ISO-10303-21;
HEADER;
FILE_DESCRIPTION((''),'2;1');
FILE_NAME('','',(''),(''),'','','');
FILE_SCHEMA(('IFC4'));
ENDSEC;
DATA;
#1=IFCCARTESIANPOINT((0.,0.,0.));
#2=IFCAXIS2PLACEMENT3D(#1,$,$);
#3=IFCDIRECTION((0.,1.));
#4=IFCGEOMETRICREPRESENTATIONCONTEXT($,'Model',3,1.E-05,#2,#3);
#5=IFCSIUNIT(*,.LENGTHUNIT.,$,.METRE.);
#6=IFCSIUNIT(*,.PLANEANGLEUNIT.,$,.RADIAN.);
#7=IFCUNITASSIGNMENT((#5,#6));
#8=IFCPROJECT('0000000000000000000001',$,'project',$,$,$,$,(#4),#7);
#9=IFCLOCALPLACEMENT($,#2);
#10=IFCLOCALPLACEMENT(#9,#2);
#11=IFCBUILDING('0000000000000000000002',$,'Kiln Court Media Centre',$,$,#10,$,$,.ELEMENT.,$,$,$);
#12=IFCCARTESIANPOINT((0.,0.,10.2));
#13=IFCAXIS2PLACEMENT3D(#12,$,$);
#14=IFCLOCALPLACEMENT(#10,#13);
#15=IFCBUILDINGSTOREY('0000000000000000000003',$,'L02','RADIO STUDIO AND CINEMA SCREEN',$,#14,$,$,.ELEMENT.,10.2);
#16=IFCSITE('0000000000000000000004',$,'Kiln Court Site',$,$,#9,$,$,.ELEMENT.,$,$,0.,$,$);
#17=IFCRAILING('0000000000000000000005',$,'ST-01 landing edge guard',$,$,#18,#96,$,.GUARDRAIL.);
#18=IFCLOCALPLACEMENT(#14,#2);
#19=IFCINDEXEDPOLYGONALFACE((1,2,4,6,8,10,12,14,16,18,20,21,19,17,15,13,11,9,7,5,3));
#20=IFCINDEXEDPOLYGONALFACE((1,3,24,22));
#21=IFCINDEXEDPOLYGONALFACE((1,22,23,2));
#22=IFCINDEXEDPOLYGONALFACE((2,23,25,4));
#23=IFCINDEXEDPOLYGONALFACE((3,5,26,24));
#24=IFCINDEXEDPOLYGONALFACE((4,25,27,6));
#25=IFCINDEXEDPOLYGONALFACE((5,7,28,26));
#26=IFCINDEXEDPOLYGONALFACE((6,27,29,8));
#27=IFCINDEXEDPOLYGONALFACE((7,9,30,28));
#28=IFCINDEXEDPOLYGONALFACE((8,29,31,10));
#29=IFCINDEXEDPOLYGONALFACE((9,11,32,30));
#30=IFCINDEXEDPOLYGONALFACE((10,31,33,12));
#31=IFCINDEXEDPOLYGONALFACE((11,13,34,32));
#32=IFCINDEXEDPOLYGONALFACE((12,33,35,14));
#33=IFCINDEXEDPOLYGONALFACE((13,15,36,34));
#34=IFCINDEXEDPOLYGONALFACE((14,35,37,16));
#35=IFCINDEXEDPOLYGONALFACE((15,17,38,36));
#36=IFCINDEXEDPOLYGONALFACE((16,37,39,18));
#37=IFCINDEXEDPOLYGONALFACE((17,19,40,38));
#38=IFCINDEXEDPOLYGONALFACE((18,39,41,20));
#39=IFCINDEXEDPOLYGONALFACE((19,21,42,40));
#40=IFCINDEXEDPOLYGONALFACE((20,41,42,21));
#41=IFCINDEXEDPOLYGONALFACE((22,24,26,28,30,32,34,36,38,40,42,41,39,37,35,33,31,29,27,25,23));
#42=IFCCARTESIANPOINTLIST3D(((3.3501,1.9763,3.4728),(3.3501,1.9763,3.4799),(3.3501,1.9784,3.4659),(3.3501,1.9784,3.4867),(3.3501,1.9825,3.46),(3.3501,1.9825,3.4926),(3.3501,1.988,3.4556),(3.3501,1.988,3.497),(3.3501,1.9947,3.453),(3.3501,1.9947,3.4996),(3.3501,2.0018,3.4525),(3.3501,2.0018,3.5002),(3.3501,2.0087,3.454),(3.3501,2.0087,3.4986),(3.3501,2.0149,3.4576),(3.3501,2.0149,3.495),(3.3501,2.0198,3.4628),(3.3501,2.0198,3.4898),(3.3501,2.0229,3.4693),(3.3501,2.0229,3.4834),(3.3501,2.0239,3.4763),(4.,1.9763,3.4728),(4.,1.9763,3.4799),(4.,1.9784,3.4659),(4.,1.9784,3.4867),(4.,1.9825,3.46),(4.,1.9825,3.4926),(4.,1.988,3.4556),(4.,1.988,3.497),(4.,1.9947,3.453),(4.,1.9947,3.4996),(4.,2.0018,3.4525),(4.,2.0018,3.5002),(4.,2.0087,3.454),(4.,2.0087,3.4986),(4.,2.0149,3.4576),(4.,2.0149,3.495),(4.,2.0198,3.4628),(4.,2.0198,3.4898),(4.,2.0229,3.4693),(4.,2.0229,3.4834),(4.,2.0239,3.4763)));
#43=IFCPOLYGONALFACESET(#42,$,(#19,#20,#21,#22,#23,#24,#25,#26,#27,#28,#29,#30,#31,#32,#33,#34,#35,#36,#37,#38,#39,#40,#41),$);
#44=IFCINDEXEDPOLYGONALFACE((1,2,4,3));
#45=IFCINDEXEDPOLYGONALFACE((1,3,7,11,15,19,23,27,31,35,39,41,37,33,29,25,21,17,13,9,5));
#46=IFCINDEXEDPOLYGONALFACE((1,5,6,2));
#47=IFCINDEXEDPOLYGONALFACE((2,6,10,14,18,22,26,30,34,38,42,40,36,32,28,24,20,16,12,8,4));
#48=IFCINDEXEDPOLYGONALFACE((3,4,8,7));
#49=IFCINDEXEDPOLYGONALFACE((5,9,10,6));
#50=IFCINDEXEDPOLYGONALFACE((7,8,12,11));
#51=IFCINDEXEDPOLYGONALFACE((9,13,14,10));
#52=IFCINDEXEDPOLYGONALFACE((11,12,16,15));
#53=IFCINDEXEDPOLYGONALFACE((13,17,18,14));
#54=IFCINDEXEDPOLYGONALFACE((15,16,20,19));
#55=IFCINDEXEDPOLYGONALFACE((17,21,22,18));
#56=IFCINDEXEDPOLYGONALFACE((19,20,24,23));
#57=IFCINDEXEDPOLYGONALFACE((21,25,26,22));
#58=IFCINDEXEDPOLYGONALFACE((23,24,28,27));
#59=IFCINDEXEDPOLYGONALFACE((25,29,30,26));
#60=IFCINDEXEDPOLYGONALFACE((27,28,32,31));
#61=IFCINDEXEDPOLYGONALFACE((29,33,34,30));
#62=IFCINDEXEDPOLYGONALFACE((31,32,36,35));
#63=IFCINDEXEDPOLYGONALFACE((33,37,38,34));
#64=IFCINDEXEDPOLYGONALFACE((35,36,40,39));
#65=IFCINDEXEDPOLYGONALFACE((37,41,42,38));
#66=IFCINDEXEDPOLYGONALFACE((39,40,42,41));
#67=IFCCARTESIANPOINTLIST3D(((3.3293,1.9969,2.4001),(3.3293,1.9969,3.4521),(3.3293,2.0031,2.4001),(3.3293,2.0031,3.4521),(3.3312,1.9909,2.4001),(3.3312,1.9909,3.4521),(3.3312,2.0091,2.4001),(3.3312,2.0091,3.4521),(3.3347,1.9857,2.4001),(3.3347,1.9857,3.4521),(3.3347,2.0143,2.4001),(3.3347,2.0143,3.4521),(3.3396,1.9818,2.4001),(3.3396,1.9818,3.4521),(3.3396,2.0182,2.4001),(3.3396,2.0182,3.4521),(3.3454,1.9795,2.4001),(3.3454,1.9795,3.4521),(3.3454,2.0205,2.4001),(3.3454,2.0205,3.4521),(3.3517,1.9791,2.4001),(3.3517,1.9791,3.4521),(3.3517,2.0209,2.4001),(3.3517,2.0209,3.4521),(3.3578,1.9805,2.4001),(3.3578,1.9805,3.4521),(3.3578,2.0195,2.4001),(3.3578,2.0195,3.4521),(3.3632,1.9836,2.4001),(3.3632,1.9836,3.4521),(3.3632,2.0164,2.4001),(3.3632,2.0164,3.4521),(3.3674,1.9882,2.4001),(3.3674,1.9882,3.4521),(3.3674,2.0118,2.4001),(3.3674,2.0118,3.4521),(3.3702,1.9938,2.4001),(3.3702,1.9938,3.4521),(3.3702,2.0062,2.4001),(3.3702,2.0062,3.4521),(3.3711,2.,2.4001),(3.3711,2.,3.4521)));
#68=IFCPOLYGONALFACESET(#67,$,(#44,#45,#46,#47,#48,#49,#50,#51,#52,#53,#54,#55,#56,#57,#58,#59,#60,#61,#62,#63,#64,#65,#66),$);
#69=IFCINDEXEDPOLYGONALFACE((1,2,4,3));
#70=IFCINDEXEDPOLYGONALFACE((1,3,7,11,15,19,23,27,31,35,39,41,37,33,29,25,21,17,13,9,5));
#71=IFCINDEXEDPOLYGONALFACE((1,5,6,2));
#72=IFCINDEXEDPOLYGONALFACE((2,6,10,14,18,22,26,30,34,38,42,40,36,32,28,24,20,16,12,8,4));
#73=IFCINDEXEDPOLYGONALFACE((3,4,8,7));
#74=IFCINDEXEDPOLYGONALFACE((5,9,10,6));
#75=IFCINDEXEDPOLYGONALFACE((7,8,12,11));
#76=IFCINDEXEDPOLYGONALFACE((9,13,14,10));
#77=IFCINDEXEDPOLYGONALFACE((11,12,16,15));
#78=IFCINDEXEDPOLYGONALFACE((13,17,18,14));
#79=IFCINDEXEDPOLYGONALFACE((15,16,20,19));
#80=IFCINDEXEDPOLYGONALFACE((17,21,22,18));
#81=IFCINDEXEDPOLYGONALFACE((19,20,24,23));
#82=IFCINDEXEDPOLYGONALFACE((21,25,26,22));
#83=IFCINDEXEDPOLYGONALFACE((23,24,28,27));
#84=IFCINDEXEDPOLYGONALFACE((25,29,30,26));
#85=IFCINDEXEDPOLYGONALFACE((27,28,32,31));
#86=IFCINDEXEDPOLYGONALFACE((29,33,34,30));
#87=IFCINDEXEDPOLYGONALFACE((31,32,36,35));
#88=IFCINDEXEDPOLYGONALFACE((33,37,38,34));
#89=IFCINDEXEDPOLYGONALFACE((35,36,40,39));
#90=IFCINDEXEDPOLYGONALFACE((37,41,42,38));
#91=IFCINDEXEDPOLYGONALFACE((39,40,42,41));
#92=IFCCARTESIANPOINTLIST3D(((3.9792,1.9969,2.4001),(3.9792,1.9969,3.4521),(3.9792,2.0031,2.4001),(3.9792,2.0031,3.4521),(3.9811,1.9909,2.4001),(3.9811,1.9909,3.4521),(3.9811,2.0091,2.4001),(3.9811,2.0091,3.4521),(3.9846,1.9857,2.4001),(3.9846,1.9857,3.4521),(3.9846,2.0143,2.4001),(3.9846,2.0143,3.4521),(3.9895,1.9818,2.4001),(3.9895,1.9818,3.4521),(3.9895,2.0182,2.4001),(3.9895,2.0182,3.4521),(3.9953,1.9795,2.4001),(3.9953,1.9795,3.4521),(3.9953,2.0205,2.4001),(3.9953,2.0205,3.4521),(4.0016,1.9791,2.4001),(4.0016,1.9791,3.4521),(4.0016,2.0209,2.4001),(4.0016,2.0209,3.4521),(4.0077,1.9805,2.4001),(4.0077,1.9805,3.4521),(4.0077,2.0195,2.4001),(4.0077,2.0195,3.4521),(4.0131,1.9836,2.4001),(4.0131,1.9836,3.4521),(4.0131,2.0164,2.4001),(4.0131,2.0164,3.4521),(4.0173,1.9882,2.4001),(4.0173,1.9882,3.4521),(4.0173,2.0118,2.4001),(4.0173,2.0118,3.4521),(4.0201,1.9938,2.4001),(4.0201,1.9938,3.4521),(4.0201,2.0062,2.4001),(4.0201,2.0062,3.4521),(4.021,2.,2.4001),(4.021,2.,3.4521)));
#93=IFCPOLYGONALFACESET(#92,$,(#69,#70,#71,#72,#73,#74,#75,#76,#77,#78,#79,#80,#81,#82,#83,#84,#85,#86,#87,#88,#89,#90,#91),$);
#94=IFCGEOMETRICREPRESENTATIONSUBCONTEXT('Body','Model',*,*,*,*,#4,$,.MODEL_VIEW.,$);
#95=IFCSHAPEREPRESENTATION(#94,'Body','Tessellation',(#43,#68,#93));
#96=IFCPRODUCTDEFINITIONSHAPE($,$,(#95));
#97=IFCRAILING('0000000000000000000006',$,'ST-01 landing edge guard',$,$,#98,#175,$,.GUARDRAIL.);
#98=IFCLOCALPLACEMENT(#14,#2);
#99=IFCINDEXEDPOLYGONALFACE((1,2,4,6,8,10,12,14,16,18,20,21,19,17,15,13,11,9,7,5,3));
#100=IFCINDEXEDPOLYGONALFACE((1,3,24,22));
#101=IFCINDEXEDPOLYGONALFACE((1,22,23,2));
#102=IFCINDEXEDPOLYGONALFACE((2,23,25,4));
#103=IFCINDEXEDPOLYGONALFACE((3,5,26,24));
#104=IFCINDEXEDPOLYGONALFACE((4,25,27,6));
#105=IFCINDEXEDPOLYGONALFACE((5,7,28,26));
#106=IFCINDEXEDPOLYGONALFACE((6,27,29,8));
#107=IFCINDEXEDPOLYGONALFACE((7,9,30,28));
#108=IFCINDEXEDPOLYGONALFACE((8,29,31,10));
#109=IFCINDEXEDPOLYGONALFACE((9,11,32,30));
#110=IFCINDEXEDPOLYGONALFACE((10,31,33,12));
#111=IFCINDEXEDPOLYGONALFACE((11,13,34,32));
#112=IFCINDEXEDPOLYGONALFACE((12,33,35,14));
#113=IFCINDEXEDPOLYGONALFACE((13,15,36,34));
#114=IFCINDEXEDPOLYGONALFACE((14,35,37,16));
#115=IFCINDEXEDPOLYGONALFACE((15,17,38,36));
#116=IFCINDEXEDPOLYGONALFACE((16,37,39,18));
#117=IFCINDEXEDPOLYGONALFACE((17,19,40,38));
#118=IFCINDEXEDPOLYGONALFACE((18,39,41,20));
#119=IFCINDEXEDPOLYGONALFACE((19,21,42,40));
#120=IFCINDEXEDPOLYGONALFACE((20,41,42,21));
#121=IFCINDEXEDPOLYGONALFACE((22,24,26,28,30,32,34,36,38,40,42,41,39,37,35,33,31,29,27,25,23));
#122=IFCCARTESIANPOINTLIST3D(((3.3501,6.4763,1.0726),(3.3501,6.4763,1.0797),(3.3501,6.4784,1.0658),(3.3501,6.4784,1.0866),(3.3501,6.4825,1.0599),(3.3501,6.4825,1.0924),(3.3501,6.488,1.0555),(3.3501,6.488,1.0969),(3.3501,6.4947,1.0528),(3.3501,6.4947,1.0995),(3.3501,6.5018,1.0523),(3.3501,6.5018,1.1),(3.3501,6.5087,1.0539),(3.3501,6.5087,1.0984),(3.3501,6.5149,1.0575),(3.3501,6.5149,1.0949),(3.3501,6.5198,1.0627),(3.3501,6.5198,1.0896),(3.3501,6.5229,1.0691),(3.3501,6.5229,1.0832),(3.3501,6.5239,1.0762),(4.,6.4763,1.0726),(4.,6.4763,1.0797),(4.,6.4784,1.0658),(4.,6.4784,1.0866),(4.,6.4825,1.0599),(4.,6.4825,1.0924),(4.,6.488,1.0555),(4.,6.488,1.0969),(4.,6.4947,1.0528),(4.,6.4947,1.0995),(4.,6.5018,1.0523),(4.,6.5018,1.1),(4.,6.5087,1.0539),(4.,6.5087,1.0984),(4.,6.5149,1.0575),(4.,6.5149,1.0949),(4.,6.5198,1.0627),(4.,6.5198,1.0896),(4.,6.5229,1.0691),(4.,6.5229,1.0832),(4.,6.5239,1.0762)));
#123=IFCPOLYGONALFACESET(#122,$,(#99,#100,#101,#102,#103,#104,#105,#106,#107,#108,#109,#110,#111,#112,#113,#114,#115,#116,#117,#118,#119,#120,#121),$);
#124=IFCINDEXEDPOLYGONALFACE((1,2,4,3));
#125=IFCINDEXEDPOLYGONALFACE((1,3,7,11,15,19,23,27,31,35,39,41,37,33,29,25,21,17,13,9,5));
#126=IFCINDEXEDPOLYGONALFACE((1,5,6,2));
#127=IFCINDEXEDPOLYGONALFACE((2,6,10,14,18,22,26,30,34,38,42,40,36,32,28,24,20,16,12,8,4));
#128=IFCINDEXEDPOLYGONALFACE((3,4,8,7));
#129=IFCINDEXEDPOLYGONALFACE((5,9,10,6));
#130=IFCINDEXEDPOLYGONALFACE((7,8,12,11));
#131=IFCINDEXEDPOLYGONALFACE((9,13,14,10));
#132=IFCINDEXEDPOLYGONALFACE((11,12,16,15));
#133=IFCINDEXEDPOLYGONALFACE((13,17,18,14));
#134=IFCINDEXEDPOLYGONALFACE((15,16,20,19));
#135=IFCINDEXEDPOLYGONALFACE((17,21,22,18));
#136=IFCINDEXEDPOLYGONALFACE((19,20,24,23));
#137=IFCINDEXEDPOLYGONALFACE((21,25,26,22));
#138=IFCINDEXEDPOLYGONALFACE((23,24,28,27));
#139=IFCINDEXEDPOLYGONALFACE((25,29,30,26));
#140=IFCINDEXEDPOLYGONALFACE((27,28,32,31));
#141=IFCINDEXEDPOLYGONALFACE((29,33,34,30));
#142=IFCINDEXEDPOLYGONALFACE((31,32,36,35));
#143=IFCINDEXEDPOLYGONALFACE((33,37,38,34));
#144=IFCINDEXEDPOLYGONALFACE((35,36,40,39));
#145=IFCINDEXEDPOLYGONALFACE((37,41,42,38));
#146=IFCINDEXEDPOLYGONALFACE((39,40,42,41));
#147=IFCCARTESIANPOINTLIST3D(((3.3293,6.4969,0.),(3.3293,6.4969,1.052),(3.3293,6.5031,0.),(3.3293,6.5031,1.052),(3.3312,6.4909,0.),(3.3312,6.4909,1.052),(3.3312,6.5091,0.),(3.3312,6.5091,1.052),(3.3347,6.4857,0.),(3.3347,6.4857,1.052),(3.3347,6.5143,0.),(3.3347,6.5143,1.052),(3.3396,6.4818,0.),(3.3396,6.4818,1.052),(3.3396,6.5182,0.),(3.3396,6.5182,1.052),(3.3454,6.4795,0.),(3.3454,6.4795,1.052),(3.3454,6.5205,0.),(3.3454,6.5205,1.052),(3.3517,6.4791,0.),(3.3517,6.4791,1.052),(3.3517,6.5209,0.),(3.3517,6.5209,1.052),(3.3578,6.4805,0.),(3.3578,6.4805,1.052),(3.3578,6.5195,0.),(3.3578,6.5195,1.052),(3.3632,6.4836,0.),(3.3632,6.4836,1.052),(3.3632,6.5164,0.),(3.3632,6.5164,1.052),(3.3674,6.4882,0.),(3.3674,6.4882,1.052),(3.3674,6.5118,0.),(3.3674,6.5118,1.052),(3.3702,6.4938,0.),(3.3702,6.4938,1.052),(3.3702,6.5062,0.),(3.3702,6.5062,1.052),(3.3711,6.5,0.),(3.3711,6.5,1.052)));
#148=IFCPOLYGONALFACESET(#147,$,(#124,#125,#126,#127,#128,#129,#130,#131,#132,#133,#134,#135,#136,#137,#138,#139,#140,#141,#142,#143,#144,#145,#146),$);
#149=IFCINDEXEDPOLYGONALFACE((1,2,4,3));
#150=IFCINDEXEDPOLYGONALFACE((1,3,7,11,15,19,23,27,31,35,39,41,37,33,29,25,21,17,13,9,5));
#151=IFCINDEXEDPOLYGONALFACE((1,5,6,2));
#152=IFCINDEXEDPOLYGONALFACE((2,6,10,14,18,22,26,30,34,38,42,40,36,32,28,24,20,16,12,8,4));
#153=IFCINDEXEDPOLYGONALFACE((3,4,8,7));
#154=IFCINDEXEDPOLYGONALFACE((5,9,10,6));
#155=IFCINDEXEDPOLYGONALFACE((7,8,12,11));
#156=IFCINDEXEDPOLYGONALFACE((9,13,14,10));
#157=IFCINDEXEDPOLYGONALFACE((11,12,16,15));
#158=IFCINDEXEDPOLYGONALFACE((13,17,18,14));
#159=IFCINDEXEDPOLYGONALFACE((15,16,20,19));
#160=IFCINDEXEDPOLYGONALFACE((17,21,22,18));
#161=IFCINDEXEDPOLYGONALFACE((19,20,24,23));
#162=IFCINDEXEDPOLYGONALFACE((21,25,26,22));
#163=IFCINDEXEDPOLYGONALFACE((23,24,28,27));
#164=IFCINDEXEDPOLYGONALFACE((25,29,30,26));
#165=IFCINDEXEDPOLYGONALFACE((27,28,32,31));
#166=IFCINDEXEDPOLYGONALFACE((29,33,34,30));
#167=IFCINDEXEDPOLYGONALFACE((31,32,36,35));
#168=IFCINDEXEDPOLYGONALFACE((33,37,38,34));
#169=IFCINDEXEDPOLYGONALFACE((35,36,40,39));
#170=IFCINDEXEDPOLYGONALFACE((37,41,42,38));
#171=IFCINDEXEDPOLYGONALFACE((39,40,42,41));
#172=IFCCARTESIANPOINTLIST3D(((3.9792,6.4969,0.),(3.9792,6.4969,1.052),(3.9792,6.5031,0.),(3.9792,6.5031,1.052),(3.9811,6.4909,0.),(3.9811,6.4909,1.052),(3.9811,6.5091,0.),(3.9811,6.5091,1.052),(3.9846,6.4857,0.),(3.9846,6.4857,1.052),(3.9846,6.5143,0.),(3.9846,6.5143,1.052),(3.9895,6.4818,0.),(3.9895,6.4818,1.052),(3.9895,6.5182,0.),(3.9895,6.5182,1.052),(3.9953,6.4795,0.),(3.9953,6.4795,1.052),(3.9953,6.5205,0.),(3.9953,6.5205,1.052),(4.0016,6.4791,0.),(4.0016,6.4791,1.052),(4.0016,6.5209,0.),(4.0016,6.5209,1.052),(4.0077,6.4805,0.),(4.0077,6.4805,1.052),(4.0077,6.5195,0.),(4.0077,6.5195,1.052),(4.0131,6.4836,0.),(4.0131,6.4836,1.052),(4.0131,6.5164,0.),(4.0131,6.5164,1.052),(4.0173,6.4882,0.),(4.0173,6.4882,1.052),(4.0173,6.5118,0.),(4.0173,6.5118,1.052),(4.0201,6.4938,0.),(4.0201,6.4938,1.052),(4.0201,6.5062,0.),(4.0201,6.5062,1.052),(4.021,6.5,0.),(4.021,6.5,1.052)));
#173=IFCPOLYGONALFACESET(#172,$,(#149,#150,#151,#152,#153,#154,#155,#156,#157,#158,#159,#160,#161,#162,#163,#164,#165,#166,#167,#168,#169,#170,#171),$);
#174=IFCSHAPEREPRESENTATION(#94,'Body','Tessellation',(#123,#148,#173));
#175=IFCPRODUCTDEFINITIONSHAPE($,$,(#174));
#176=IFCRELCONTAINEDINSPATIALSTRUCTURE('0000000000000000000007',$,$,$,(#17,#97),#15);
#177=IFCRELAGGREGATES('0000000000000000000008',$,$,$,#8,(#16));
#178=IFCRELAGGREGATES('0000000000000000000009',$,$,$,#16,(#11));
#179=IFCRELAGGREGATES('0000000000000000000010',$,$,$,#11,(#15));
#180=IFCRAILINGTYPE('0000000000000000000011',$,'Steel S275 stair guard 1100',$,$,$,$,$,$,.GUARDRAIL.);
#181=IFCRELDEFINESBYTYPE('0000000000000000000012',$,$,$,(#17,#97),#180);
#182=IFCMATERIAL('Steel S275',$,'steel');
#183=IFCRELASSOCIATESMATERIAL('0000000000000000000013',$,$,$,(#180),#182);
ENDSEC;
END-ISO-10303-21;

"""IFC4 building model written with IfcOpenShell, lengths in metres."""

from ifc_helpers import new_model, si_unit, direction, frame, origin, origin_2d, place, context, subcontext, project, spatial, circle, extrude, material, type_object, element, save


model = new_model("IFC4")

# Units and contexts
model_context = context("Model", 3, precision=1e-05, world=origin(), true_north=direction((0.0, 1.0)))
body_context = subcontext(model_context, "Body", "Model", "MODEL_VIEW")
ifc_project = project(units=[si_unit("LENGTHUNIT", "METRE"), si_unit("PLANEANGLEUNIT", "RADIAN")], contexts=[model_context])

# Site, building, storey
site_placement = place(None, origin())
site = spatial("IfcSite", under=ifc_project, at=site_placement, Name="Kiln Court Site", CompositionType="ELEMENT", RefElevation=0.0)
building_placement = place(site_placement, origin())
building = spatial("IfcBuilding", under=site, at=building_placement, Name="Kiln Court Media Centre", CompositionType="ELEMENT")
storey_placement = place(building_placement, frame((0.0, 0.0, 10.2)))
storey = spatial("IfcBuildingStorey", under=building, at=storey_placement, Name="L02", Description="RADIO STUDIO AND CINEMA SCREEN", CompositionType="ELEMENT", Elevation=10.2)

# Railings
ifc_material_1 = material(Name="Steel S275", Category="steel")
railing_type_1 = type_object("IfcRailingType", Name="Steel S275 stair guard 1100", PredefinedType="GUARDRAIL", material=ifc_material_1)
for number, where, name in (
    (1, (3.3501, 2.0, 2.4001), "ST-01 landing edge guard"),
    (2, (3.3501, 6.5, 0.0), "ST-01 landing edge guard"),
):
    element("IfcRailing", number, at=place(storey_placement, frame(where)), inside=storey, type_object=railing_type_1, Name=name, PredefinedType="GUARDRAIL", context=body_context, shape_type="SweptSolid", body=[
        extrude(circle(Radius=0.0239, at=origin_2d()), frame((0.0, 0.0, 1.0762), z_axis=(1.0, 0.0, 0.0), x_axis=(0.0, 1.0, 0.0)), (0.0, 0.0, 1.0), 0.6499),
        extrude(circle(Radius=0.021, at=origin_2d()), origin(), (0.0, 0.0, 1.0), 1.052),
        extrude(circle(Radius=0.021, at=origin_2d()), frame((0.6499, 0.0, 0.0)), (0.0, 0.0, 1.0), 1.052),
    ])

save(model, "model.ifc")
